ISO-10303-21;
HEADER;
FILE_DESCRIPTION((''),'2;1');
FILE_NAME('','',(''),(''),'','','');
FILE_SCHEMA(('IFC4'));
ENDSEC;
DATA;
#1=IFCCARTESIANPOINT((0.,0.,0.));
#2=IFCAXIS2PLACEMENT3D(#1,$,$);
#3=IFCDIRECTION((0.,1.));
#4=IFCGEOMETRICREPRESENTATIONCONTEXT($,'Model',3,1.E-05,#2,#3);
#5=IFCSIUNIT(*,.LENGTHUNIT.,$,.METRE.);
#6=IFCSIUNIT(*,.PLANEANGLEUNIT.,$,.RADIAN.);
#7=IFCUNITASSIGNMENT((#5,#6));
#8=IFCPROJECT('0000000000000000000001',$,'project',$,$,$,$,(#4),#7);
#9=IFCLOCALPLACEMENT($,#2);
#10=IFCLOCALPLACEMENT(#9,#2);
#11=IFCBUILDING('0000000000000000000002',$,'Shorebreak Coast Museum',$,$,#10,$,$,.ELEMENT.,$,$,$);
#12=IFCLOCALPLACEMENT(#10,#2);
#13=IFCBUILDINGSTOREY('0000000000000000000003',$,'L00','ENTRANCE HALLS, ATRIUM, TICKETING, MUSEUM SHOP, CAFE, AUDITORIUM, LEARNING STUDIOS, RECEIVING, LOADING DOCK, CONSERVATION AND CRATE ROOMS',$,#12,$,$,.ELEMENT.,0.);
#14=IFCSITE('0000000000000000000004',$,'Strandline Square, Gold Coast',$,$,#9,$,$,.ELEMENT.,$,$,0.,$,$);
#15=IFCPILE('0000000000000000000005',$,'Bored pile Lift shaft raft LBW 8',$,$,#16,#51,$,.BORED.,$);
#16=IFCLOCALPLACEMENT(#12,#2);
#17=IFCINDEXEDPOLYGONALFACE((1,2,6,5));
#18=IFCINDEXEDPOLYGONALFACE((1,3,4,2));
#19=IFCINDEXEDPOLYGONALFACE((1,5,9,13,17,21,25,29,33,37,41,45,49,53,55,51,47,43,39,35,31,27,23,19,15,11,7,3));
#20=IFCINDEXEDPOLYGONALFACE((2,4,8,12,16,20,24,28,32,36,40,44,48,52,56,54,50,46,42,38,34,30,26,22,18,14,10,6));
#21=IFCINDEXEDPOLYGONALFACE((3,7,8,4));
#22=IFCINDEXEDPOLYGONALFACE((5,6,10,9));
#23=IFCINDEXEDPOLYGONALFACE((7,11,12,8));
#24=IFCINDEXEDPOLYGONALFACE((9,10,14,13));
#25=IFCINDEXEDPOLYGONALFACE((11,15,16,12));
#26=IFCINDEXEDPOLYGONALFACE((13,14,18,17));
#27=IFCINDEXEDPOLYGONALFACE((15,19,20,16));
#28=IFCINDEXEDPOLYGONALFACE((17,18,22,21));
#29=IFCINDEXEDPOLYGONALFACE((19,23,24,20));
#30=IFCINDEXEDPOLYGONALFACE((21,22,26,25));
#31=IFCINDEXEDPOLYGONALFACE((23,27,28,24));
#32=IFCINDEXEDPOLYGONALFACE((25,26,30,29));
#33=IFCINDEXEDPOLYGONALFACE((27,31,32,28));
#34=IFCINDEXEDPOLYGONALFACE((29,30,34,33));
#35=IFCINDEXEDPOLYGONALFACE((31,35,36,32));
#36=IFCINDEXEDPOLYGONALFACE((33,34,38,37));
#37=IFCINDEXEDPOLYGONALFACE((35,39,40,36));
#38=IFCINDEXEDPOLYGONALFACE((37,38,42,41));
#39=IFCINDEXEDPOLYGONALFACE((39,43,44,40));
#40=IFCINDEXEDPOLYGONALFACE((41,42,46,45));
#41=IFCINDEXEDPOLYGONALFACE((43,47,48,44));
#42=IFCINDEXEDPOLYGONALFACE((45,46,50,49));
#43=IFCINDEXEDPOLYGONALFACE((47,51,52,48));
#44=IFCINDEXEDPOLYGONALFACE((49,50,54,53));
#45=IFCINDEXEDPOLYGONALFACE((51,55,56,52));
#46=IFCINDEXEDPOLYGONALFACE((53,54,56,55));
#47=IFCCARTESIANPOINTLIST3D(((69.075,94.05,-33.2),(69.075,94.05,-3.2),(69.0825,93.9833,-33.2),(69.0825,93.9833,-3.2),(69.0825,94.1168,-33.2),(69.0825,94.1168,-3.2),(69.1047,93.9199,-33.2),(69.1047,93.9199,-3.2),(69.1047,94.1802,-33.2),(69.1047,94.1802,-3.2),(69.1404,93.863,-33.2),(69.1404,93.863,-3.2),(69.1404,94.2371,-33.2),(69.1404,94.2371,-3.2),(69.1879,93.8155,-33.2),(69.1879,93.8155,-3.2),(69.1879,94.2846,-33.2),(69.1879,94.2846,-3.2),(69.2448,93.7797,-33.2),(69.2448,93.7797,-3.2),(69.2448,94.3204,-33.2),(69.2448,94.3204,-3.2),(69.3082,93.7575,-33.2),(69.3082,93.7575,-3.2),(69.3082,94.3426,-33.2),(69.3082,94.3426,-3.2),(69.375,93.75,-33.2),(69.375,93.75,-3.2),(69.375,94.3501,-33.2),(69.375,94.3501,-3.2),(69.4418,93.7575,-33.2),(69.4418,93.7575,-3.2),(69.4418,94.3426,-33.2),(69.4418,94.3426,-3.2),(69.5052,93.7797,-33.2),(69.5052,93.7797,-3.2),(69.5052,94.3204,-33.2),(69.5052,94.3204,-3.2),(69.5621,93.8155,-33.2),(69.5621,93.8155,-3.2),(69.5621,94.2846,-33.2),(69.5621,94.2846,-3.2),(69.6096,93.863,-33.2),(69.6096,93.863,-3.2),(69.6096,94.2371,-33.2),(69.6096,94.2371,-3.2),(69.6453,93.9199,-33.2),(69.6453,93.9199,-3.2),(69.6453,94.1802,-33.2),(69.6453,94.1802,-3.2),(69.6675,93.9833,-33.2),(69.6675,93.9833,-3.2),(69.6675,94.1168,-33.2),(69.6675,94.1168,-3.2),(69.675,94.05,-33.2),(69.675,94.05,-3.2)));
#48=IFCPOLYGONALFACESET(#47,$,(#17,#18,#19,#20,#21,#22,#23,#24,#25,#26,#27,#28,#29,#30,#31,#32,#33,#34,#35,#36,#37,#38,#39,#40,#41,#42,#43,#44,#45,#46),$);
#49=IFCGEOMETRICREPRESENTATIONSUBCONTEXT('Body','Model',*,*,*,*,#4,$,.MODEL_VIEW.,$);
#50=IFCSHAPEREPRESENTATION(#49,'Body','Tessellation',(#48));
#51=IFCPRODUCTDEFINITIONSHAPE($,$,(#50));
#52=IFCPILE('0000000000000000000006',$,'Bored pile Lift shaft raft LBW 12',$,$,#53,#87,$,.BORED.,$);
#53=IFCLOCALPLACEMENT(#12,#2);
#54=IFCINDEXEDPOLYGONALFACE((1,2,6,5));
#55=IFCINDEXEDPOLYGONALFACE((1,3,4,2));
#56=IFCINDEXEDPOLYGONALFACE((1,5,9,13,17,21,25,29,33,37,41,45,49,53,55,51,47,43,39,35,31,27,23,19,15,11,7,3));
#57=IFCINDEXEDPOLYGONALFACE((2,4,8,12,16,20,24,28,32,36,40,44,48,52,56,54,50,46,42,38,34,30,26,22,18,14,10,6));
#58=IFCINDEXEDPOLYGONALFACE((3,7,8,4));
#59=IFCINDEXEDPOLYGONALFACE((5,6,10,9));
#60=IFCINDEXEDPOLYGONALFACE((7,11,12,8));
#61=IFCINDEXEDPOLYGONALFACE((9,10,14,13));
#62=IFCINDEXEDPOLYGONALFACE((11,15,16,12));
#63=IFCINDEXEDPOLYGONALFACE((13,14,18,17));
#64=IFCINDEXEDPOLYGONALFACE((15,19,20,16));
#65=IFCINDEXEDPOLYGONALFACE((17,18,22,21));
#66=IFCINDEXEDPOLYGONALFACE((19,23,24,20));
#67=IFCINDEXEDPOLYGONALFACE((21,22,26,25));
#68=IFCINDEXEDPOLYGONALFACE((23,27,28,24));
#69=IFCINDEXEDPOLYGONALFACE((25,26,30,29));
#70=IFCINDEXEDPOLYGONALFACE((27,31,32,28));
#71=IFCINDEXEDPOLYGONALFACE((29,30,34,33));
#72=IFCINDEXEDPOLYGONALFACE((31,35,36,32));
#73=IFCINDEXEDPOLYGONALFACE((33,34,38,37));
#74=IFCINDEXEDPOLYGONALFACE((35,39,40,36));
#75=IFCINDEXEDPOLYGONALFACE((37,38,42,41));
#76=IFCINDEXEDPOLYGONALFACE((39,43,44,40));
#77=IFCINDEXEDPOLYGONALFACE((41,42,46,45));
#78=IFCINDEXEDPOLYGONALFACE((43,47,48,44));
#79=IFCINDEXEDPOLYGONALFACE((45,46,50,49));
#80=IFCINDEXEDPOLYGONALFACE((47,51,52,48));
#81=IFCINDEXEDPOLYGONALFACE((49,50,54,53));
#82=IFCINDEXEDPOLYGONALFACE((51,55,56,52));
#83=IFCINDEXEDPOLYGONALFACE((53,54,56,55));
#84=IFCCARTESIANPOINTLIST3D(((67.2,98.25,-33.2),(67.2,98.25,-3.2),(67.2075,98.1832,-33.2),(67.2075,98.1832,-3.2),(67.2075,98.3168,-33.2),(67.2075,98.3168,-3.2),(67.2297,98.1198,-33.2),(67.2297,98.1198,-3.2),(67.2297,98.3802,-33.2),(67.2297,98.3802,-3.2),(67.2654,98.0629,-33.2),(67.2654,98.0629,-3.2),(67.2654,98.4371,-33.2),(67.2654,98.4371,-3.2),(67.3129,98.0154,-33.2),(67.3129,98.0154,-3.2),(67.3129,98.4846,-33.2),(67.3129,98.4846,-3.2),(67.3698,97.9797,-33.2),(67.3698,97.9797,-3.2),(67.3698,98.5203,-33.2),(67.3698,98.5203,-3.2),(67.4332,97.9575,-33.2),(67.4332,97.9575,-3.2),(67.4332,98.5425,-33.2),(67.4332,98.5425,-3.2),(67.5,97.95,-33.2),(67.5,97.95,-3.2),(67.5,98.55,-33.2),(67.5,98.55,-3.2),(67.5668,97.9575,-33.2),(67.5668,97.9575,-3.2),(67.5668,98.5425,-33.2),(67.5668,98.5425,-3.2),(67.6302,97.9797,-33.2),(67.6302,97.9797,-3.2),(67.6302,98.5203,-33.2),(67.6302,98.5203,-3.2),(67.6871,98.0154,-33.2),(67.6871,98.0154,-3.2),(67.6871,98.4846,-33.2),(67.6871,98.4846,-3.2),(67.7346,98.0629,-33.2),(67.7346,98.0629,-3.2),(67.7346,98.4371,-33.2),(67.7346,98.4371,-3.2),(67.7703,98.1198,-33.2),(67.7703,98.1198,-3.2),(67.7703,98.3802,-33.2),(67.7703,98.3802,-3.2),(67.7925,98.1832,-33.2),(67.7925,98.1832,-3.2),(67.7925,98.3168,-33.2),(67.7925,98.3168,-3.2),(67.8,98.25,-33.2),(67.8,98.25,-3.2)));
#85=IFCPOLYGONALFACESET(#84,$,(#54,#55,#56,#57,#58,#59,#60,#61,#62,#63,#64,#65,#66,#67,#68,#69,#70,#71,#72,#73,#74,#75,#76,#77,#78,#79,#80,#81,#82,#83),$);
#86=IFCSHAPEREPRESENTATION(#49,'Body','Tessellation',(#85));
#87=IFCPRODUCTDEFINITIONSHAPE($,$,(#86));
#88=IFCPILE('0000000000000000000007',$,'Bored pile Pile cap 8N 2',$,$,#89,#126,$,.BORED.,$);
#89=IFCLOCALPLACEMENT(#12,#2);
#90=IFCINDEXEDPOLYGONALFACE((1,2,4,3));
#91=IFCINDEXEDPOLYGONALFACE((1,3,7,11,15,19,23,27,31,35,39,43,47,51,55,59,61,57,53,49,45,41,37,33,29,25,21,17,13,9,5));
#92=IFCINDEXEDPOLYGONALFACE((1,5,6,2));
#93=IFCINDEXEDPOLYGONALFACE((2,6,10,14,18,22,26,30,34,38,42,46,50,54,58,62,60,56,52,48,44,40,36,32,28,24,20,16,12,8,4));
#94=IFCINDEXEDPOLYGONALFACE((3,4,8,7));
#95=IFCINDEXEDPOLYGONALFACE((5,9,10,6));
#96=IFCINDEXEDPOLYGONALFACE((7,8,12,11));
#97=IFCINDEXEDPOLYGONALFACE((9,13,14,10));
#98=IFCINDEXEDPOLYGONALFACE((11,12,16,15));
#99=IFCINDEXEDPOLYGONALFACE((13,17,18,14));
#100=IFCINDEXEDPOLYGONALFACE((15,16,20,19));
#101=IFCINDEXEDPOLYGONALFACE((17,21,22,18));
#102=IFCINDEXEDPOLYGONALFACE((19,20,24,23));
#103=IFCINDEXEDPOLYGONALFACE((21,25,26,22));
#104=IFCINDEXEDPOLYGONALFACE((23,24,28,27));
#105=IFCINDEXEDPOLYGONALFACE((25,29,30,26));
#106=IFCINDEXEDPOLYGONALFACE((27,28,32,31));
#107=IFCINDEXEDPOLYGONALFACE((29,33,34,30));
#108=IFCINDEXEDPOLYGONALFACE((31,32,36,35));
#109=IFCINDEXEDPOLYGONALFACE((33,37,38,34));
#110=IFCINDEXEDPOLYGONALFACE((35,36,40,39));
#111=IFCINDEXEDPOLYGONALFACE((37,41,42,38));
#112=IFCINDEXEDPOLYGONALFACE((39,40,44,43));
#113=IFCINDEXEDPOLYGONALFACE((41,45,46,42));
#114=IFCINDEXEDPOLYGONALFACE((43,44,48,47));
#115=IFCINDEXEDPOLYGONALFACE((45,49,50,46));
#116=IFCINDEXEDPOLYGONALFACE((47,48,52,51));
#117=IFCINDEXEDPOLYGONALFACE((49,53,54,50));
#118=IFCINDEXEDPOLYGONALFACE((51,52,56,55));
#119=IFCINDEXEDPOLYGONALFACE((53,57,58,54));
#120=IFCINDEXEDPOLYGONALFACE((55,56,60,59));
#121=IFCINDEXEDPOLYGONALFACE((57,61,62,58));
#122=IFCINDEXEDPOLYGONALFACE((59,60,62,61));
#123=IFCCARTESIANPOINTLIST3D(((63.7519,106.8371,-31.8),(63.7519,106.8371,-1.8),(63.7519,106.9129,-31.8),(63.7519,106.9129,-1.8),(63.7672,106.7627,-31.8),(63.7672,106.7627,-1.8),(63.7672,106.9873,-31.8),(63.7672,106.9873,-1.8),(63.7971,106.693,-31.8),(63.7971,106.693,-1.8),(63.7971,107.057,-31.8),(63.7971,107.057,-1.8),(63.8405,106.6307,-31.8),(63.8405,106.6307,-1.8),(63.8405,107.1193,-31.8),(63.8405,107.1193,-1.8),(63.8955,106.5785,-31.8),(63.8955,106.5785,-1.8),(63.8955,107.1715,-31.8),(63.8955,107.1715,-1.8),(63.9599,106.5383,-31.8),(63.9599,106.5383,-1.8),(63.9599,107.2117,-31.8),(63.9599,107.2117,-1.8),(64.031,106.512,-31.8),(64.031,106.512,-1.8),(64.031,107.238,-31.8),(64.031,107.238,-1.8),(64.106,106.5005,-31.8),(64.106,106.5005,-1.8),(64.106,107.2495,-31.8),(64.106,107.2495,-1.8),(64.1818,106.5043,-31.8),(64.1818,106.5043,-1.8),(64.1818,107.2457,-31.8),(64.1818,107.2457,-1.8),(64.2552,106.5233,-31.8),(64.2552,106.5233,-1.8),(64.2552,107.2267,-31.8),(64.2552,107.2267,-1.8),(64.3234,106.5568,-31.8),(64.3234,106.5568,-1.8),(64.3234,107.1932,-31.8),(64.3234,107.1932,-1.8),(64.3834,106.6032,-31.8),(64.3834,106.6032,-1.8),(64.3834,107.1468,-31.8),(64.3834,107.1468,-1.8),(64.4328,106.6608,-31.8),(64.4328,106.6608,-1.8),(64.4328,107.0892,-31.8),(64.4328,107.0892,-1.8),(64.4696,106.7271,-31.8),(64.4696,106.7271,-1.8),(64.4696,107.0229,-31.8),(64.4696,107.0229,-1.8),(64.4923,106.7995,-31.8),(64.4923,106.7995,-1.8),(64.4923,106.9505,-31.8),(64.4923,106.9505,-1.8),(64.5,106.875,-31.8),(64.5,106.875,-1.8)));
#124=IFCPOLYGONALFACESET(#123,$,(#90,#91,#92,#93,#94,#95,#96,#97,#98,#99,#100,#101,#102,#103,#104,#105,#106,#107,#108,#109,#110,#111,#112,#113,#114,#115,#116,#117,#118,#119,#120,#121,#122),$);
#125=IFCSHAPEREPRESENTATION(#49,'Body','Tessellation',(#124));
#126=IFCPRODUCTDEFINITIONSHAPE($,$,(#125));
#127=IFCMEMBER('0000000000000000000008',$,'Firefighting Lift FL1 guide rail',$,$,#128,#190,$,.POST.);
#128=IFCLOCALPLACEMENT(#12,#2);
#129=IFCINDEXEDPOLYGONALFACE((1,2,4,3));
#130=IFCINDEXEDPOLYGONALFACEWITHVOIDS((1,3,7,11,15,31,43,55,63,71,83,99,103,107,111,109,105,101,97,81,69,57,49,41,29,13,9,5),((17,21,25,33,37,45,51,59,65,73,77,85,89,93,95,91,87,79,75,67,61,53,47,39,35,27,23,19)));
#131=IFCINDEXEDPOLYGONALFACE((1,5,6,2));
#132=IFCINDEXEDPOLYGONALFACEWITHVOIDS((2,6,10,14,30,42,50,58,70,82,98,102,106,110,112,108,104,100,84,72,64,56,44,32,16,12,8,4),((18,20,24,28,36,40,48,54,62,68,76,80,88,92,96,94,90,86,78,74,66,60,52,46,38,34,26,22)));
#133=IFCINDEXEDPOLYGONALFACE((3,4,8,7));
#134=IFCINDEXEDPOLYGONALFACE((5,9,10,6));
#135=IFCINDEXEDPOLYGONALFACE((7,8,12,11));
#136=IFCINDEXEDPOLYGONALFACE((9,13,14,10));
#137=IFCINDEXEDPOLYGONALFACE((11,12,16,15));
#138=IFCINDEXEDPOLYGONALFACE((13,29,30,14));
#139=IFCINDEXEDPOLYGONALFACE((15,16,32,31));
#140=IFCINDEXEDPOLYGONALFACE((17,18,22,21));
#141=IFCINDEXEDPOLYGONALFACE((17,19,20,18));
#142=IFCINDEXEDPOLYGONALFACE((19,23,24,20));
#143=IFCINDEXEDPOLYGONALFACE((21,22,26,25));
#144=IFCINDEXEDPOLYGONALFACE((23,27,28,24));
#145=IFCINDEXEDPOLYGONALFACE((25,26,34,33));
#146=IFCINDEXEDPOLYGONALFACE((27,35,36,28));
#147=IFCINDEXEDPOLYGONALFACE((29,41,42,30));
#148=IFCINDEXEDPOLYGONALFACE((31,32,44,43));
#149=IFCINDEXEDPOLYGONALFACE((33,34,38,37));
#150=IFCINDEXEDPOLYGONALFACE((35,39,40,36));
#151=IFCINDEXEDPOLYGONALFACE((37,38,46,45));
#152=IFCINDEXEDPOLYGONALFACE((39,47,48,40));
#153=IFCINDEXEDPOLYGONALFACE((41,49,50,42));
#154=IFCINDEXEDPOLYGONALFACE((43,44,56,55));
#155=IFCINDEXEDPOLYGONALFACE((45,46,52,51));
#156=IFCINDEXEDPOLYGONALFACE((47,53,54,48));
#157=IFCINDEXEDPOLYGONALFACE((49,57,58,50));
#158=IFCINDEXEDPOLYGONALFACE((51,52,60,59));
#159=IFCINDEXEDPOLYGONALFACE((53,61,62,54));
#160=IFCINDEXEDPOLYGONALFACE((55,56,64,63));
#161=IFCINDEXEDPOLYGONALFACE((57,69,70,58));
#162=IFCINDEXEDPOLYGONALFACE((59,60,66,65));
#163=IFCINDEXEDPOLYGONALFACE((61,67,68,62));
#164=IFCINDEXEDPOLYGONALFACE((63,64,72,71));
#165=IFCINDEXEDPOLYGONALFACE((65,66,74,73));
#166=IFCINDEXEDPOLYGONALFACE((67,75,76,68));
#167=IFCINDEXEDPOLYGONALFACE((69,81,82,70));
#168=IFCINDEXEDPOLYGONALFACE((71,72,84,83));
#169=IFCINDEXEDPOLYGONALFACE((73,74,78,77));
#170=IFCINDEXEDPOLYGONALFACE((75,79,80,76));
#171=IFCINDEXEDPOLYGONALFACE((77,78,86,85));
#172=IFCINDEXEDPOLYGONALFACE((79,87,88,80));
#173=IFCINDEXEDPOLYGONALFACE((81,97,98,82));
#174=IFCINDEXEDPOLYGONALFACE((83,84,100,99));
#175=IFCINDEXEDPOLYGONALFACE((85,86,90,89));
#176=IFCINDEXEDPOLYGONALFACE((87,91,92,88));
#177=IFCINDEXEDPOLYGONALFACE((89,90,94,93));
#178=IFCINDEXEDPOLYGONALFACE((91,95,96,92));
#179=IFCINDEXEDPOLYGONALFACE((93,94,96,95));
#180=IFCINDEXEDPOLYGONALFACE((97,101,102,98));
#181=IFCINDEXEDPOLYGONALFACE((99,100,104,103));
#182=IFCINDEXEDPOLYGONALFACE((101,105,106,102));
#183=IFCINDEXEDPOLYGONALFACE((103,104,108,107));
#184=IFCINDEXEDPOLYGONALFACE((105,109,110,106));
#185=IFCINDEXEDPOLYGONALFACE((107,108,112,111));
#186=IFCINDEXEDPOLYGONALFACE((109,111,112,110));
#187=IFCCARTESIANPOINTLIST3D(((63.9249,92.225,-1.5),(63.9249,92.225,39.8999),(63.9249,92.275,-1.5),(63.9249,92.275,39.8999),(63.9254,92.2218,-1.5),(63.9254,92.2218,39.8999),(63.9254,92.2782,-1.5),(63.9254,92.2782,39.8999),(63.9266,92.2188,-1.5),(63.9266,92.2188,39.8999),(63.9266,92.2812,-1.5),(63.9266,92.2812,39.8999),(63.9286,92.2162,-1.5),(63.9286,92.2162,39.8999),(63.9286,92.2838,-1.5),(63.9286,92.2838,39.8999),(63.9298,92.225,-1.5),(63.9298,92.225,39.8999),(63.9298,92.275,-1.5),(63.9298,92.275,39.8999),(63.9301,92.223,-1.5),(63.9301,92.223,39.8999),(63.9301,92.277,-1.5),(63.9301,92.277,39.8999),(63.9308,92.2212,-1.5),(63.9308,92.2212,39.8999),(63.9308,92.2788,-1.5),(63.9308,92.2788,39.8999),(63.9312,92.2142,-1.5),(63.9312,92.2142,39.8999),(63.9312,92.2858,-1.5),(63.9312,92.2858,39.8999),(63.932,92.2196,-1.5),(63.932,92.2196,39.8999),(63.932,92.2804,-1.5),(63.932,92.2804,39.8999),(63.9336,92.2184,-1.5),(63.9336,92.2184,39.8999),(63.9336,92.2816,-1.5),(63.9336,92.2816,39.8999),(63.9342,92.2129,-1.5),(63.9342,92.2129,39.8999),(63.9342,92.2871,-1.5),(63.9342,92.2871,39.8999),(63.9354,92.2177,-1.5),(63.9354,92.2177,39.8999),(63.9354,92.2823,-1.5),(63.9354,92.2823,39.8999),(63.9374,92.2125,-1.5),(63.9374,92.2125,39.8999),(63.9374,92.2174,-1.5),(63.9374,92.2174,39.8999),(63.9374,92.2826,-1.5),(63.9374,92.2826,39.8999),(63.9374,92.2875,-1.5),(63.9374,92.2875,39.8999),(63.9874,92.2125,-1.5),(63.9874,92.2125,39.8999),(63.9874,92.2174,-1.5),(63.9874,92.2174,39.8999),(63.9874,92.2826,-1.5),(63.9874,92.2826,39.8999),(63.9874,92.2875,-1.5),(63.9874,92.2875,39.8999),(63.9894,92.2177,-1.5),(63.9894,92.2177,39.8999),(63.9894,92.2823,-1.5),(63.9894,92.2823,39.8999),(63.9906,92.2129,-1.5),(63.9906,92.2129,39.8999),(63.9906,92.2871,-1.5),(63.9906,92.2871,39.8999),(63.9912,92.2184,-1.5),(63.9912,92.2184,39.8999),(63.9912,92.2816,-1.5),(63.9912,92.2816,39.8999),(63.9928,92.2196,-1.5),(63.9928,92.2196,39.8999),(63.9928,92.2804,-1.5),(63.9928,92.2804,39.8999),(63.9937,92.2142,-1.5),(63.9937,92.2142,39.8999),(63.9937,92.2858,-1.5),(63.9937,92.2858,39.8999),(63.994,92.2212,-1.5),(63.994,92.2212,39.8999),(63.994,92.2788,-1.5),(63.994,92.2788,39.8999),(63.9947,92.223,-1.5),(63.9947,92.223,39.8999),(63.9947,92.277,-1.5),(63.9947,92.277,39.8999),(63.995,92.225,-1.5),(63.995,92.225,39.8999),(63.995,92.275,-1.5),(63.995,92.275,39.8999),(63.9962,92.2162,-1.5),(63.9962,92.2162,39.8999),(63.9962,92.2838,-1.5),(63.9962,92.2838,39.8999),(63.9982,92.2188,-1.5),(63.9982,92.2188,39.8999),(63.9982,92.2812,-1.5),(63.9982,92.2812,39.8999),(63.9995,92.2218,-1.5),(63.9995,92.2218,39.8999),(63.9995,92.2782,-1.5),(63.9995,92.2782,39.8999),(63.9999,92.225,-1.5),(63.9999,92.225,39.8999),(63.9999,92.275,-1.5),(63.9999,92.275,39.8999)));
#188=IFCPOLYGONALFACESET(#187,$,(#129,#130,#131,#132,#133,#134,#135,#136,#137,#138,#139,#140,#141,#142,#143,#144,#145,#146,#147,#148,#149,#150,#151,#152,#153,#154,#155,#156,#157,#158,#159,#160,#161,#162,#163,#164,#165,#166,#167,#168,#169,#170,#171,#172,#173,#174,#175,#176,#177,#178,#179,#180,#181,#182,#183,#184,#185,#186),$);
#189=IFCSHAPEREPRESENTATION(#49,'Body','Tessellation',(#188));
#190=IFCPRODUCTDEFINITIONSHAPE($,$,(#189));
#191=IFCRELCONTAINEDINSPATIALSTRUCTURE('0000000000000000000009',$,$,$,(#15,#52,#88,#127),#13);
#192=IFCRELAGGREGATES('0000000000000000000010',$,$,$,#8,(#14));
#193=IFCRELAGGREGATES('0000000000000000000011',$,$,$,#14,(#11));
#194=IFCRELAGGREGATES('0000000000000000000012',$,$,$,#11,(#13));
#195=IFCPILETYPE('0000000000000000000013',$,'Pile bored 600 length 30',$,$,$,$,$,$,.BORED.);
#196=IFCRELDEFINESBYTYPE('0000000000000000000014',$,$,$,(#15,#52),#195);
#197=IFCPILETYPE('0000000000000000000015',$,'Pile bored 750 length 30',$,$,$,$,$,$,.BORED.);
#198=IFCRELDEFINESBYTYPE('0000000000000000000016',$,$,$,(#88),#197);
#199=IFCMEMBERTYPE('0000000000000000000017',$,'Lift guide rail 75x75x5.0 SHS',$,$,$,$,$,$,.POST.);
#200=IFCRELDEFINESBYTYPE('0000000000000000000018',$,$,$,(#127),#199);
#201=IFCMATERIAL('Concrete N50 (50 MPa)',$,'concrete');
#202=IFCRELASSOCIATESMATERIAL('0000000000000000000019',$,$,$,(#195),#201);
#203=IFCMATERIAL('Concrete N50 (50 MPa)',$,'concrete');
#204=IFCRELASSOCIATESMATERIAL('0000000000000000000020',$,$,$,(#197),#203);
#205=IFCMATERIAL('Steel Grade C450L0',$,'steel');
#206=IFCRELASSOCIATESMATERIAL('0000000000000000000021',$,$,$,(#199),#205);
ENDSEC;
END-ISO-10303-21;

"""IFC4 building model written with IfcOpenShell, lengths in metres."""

from ifc_helpers import new_model, si_unit, direction, frame, origin, origin_2d, place, context, subcontext, project, spatial, hollow_rectangle, circle, extrude, material, material_profile, profile_set, type_object, element, save


model = new_model("IFC4")

# Units and contexts
model_context = context("Model", 3, precision=1e-05, world=origin(), true_north=direction((0.0, 1.0)))
body_context = subcontext(model_context, "Body", "Model", "MODEL_VIEW")
ifc_project = project(units=[si_unit("LENGTHUNIT", "METRE"), si_unit("PLANEANGLEUNIT", "RADIAN")], contexts=[model_context])

# Site, building, storey
site_placement = place(None, origin())
site = spatial("IfcSite", under=ifc_project, at=site_placement, Name="Strandline Square, Gold Coast", CompositionType="ELEMENT", RefElevation=0.0)
building_placement = place(site_placement, origin())
building = spatial("IfcBuilding", under=site, at=building_placement, Name="Shorebreak Coast Museum", CompositionType="ELEMENT")
storey_placement = place(building_placement, origin())
storey = spatial("IfcBuildingStorey", under=building, at=storey_placement, Name="L00", Description="ENTRANCE HALLS, ATRIUM, TICKETING, MUSEUM SHOP, CAFE, AUDITORIUM, LEARNING STUDIOS, RECEIVING, LOADING DOCK, CONSERVATION AND CRATE ROOMS", CompositionType="ELEMENT", Elevation=0.0)

# Piles
ifc_material_1 = material(Name="Concrete N50 (50 MPa)", Category="concrete")
ifc_material_profile_1 = material_profile(ifc_material_1, circle(Radius=0.3, at=origin_2d()), Name="Pile bored 600 length 30")
ifc_profile_set_1 = profile_set([ifc_material_profile_1], Name="Concrete N50 (50 MPa)")
pile_type_1 = type_object("IfcPileType", Name="Pile bored 600 length 30", PredefinedType="BORED", material=ifc_profile_set_1)
for number, where, z_axis, x_axis, name in (
    (1, (69.375, 94.05, -3.2), (0.0, 0.0, -1.0), (1.0, 0.0, 0.0), "Bored pile Lift shaft raft LBW 8"),
    (2, (67.5, 98.25, -3.2), (0.0, 0.0, -1.0), (1.0, 0.0, 0.0), "Bored pile Lift shaft raft LBW 12"),
):
    element("IfcPile", number, at=place(storey_placement, frame(where, z_axis=z_axis, x_axis=x_axis)), inside=storey, type_object=pile_type_1, Name=name, PredefinedType="BORED", context=body_context, shape_type="SweptSolid", body=[
        extrude(circle(Radius=0.3, at=origin_2d()), origin(), (0.0, 0.0, 1.0), 30.0),
    ])
ifc_material_2 = material(Name="Concrete N50 (50 MPa)", Category="concrete")
ifc_material_profile_2 = material_profile(ifc_material_2, circle(Radius=0.375, at=origin_2d()), Name="Pile bored 750 length 30")
ifc_profile_set_2 = profile_set([ifc_material_profile_2], Name="Concrete N50 (50 MPa)")
pile_type_2 = type_object("IfcPileType", Name="Pile bored 750 length 30", PredefinedType="BORED", material=ifc_profile_set_2)
pile_placement = place(storey_placement, frame((64.125, 106.875, -1.8), z_axis=(0.0, 0.0, -1.0), x_axis=(1.0, 0.0, 0.0)))
element("IfcPile", 3, at=pile_placement, inside=storey, type_object=pile_type_2, Name="Bored pile Pile cap 8N 2", PredefinedType="BORED", context=body_context, shape_type="SweptSolid", body=[
    extrude(circle(Radius=0.375, at=origin_2d()), origin(), (0.0, 0.0, 1.0), 30.0),
])

# Member
ifc_material_3 = material(Name="Steel Grade C450L0", Category="steel")
ifc_material_profile_3 = material_profile(ifc_material_3, hollow_rectangle(XDim=0.075, YDim=0.075, WallThickness=0.0049, InnerFilletRadius=0.0076, OuterFilletRadius=0.0125, at=origin_2d()), Name="75x75x5.0 SHS")
ifc_profile_set_3 = profile_set([ifc_material_profile_3], Name="Steel Grade C450L0")
member_type = type_object("IfcMemberType", Name="Lift guide rail 75x75x5.0 SHS", PredefinedType="POST", material=ifc_profile_set_3)
for number, where, z_axis, x_axis, name in (
    (4, (63.9624, 92.25, -1.5), (0.0, 0.0, 1.0), (1.0, 0.0, 0.0), "Firefighting Lift FL1 guide rail"),
):
    element("IfcMember", number, at=place(storey_placement, frame(where, z_axis=z_axis, x_axis=x_axis)), inside=storey, type_object=member_type, Name=name, PredefinedType="POST", context=body_context, shape_type="SweptSolid", body=[
        extrude(hollow_rectangle(XDim=0.075, YDim=0.075, WallThickness=0.0049, InnerFilletRadius=0.0076, OuterFilletRadius=0.0125, at=origin_2d()), origin(), (0.0, 0.0, 1.0), 41.3999),
    ])

save(model, "model.ifc")
